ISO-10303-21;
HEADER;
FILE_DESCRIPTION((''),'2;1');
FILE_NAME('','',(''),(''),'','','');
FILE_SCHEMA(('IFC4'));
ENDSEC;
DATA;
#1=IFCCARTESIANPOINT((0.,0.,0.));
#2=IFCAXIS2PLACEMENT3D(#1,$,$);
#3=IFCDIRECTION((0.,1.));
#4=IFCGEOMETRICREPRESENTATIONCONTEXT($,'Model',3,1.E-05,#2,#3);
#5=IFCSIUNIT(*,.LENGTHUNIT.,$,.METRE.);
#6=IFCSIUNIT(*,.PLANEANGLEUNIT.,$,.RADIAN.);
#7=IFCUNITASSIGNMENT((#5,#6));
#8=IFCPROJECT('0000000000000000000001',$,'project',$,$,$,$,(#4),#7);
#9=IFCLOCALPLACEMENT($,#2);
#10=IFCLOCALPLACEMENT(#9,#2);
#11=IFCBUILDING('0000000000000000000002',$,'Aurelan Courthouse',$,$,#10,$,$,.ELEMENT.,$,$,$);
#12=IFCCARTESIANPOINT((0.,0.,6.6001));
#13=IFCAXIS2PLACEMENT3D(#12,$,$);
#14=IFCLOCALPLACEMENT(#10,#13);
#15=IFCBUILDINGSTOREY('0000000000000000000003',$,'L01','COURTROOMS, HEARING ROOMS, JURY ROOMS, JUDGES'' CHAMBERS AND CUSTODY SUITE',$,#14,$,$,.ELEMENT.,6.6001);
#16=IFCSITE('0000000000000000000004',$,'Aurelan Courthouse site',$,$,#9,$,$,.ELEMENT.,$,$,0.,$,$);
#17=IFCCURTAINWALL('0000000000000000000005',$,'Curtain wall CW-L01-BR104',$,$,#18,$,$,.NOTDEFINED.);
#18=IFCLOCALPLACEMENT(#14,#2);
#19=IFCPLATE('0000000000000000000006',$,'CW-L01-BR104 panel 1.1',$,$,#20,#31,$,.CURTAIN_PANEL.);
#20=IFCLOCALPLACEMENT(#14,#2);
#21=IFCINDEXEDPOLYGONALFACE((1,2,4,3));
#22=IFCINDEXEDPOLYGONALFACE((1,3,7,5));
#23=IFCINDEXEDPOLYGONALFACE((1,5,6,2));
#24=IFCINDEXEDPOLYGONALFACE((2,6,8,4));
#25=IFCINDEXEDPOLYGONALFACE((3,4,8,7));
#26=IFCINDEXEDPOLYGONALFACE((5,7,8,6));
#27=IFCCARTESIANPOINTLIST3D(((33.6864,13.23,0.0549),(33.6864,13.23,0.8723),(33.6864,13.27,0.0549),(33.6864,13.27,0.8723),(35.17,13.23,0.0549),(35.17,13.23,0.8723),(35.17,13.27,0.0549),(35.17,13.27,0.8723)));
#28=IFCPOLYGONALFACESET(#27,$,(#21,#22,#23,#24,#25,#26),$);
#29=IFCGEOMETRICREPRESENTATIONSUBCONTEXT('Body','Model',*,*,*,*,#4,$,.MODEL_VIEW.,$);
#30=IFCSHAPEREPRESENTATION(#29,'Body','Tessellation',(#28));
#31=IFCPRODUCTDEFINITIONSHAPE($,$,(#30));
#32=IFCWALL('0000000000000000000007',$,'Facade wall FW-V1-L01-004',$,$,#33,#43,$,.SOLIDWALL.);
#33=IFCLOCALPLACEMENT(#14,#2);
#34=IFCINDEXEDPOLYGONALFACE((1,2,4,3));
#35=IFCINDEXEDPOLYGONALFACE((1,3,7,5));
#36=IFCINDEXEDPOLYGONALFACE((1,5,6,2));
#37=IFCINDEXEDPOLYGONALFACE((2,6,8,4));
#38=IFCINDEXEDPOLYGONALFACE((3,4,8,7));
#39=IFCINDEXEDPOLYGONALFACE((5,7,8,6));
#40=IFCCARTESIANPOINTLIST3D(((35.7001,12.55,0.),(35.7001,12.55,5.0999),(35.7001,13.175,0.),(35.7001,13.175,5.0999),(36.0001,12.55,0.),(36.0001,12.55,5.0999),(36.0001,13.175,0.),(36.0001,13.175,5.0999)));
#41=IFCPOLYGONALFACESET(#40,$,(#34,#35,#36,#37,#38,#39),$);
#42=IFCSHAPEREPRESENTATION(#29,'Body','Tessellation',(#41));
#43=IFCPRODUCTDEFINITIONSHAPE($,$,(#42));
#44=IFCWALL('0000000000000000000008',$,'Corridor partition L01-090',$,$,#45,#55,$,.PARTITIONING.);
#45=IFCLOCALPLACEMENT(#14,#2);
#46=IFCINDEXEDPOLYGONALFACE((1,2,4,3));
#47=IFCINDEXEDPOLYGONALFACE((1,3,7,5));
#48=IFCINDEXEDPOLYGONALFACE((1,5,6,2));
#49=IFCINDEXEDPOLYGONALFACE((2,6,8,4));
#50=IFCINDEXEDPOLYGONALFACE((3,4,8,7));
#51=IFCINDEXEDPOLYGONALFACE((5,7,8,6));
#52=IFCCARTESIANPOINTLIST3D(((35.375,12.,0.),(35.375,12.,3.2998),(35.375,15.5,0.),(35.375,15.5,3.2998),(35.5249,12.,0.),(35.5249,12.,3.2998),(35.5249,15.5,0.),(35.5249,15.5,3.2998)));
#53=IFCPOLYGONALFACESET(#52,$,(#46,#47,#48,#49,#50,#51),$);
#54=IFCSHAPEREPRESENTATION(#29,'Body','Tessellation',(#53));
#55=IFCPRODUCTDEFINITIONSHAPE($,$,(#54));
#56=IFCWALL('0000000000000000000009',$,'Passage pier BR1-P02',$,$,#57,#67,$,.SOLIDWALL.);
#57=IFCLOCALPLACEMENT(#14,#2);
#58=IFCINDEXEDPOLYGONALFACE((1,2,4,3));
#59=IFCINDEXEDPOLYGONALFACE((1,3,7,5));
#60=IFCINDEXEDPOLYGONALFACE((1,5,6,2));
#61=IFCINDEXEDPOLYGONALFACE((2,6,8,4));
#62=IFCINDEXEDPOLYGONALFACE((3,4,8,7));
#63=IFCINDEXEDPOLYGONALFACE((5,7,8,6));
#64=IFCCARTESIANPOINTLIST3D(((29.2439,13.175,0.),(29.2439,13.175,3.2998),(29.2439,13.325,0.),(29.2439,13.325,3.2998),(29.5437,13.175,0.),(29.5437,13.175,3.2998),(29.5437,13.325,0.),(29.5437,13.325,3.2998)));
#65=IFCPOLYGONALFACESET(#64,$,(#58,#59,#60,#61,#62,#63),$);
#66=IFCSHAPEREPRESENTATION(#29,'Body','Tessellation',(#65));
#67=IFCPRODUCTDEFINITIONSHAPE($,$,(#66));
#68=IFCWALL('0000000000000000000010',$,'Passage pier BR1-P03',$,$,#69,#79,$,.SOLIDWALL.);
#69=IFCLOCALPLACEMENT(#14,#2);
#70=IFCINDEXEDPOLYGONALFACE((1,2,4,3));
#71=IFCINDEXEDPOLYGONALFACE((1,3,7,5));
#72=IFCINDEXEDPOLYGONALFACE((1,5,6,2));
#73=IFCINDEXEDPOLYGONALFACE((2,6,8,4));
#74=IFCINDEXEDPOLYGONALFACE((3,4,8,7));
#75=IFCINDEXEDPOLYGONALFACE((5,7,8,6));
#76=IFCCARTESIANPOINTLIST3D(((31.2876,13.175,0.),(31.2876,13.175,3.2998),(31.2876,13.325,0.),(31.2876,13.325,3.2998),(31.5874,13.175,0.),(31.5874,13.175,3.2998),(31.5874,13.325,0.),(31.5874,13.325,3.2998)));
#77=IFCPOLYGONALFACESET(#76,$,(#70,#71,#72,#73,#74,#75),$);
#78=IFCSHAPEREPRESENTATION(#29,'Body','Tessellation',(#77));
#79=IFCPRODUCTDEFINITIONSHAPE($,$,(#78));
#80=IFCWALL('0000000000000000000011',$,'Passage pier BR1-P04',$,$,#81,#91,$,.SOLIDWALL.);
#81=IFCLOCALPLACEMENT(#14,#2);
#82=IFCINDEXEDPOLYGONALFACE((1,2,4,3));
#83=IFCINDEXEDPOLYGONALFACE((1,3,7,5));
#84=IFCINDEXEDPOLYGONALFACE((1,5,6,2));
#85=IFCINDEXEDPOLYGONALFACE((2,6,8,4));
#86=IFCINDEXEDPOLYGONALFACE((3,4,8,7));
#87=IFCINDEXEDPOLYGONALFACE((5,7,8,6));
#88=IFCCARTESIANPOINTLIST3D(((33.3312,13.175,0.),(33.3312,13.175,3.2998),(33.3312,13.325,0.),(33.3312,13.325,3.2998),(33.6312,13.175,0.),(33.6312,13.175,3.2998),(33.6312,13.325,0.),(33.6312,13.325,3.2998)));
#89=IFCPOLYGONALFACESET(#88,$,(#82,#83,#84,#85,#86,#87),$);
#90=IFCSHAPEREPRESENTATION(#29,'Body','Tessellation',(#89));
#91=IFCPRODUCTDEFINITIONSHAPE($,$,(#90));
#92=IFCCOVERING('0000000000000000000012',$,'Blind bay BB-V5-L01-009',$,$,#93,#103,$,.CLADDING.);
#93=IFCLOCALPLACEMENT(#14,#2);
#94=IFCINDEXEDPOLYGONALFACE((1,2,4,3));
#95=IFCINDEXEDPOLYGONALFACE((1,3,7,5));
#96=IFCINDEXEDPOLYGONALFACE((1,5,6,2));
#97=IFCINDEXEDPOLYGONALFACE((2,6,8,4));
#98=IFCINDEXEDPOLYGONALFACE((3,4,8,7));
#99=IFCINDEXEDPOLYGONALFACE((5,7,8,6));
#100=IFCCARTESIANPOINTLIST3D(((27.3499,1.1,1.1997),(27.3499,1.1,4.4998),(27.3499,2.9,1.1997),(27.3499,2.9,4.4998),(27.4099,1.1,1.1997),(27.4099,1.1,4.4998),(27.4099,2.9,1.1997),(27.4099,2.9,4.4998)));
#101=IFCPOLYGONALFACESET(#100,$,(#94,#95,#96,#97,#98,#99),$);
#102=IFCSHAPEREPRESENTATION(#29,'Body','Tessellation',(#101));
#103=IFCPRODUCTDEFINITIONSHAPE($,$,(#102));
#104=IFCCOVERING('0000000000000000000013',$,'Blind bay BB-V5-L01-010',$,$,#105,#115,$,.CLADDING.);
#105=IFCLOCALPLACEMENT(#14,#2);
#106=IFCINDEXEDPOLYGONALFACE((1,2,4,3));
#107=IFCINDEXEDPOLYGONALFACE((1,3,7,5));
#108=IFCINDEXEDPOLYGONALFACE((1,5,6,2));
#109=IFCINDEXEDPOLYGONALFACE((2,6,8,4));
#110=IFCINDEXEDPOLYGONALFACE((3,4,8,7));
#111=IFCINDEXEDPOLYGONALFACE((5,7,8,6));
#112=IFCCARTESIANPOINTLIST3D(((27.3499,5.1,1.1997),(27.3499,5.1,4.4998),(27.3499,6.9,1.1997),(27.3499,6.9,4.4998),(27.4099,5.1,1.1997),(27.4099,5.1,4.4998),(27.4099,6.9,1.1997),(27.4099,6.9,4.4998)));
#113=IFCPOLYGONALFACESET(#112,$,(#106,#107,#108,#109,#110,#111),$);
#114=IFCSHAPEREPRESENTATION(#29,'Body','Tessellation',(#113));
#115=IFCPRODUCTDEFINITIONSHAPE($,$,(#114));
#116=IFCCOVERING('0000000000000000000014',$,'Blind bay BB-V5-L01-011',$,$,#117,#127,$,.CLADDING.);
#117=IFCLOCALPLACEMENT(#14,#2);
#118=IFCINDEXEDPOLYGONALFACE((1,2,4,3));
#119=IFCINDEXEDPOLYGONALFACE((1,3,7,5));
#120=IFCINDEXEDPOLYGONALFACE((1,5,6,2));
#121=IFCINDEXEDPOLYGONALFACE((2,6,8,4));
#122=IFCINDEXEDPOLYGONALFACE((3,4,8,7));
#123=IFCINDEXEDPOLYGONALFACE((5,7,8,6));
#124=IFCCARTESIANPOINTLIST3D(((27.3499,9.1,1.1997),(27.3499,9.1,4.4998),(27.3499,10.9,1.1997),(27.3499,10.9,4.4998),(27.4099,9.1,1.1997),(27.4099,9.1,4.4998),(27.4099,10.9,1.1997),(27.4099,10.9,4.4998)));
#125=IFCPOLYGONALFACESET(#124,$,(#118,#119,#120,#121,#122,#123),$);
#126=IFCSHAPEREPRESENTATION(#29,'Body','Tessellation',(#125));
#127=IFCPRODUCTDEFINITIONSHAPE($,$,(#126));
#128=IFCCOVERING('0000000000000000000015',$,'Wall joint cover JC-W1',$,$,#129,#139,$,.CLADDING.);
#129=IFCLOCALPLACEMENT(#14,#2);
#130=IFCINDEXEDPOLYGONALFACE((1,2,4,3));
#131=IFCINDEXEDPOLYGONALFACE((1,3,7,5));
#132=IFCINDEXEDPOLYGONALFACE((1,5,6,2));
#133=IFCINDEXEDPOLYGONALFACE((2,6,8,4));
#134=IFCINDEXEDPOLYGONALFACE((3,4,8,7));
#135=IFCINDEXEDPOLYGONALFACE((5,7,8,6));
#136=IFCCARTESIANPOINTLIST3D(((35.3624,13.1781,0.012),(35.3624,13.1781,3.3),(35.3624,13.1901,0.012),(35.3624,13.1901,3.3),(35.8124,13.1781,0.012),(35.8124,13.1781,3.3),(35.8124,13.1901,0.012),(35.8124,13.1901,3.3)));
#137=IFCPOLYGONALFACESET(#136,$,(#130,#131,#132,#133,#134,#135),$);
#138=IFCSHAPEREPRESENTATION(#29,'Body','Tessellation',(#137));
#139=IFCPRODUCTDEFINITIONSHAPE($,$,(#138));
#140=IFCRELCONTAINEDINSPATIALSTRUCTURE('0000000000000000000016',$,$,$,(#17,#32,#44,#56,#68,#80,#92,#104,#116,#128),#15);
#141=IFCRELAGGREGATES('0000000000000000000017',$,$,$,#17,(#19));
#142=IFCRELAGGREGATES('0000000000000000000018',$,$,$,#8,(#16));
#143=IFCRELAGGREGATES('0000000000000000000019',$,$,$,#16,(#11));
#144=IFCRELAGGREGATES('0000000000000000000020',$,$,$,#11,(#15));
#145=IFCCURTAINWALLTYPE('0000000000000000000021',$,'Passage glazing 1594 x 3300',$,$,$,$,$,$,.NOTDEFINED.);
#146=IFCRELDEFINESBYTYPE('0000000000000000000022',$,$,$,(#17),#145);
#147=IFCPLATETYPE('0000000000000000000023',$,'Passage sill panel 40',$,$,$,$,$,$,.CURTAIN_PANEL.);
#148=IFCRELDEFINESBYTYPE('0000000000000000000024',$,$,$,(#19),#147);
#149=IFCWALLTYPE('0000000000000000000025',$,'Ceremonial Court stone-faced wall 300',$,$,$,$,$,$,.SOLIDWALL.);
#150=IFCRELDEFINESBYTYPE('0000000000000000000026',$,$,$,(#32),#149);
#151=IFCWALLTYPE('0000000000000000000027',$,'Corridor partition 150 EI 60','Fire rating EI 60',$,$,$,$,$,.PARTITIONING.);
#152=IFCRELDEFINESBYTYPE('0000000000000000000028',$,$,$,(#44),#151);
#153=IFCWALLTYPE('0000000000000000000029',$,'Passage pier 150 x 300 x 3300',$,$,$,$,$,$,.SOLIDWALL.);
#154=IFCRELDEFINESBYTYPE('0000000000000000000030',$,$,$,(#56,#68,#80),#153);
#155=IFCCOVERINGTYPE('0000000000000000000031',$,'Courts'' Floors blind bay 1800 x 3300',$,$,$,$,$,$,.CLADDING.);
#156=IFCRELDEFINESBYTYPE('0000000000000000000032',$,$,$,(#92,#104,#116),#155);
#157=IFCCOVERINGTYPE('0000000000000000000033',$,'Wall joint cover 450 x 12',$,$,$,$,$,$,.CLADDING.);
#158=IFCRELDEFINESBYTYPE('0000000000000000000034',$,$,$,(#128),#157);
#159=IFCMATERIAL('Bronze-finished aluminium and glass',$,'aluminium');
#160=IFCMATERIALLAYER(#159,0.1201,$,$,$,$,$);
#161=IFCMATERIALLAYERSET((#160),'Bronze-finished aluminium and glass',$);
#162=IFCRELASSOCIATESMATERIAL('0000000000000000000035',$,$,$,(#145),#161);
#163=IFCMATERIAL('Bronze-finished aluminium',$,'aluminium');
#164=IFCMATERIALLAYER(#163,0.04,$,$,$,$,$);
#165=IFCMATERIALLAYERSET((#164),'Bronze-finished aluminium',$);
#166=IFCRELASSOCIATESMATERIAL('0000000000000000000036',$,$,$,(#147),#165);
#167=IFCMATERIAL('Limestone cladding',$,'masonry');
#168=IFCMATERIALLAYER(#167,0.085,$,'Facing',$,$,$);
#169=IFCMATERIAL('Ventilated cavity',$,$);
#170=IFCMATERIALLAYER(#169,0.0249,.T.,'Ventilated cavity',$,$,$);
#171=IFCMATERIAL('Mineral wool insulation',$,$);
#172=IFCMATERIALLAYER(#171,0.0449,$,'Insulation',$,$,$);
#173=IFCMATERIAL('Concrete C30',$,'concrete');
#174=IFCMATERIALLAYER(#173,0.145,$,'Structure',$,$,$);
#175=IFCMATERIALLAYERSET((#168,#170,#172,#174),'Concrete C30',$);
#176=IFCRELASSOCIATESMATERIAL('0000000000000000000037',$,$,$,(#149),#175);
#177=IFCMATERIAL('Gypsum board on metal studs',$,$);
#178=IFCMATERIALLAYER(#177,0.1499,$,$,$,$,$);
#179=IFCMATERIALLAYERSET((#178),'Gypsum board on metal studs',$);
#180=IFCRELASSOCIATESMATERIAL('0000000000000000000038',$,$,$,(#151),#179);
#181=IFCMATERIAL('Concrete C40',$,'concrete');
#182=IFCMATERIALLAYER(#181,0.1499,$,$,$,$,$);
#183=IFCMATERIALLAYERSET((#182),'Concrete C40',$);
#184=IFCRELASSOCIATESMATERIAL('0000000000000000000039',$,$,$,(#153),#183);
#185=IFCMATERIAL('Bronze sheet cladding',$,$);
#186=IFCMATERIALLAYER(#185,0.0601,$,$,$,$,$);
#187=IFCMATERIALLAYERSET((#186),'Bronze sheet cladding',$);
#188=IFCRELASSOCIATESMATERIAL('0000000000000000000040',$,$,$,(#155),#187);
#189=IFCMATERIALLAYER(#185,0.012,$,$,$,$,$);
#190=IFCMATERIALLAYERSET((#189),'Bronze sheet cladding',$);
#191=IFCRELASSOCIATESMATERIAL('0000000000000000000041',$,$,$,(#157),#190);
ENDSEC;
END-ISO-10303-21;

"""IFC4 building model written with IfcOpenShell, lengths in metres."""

from ifc_helpers import new_model, si_unit, direction, frame, frame_2d, origin, origin_2d, place, context, subcontext, project, spatial, rectangle, extrude, material, layer, layer_set, type_object, element, aggregate, save


model = new_model("IFC4")

# Units and contexts
model_context = context("Model", 3, precision=1e-05, world=origin(), true_north=direction((0.0, 1.0)))
body_context = subcontext(model_context, "Body", "Model", "MODEL_VIEW")
ifc_project = project(units=[si_unit("LENGTHUNIT", "METRE"), si_unit("PLANEANGLEUNIT", "RADIAN")], contexts=[model_context])

# Site, building, storey
site_placement = place(None, origin())
site = spatial("IfcSite", under=ifc_project, at=site_placement, Name="Aurelan Courthouse site", CompositionType="ELEMENT", RefElevation=0.0)
building_placement = place(site_placement, origin())
building = spatial("IfcBuilding", under=site, at=building_placement, Name="Aurelan Courthouse", CompositionType="ELEMENT")
storey_placement = place(building_placement, frame((0.0, 0.0, 6.6001)))
storey = spatial("IfcBuildingStorey", under=building, at=storey_placement, Name="L01", Description="COURTROOMS, HEARING ROOMS, JURY ROOMS, JUDGES' CHAMBERS AND CUSTODY SUITE", CompositionType="ELEMENT", Elevation=6.6001)

# Shared definitions
ifc_material_1 = material(Name="Bronze-finished aluminium and glass", Category="aluminium")
ifc_layer_1 = layer(ifc_material_1, 0.1201)
ifc_layer_set_1 = layer_set([ifc_layer_1], Name="Bronze-finished aluminium and glass")
curtain_wall_type_1 = type_object("IfcCurtainWallType", Name="Passage glazing 1594 x 3300", PredefinedType="NOTDEFINED", material=ifc_layer_set_1)
ifc_material_2 = material(Name="Bronze-finished aluminium", Category="aluminium")

# Curtain wall
curtain_wall_1_placement = place(storey_placement, origin())
curtain_wall_1 = element("IfcCurtainWall", 1, at=curtain_wall_1_placement, inside=storey, type_object=curtain_wall_type_1, Name="Curtain wall CW-L01-BR104", PredefinedType="NOTDEFINED")

# Plate
ifc_layer_2 = layer(ifc_material_2, 0.04)
ifc_layer_set_2 = layer_set([ifc_layer_2], Name="Bronze-finished aluminium")
plate_type_1 = type_object("IfcPlateType", Name="Passage sill panel 40", PredefinedType="CURTAIN_PANEL", material=ifc_layer_set_2)
plate_1_placement = place(storey_placement, frame((34.4282, 13.25, 0.0549), z_axis=(0.0, 0.0, 1.0), x_axis=(1.0, 0.0, 0.0)))
plate_1 = element("IfcPlate", 2, at=plate_1_placement, type_object=plate_type_1, Name="CW-L01-BR104 panel 1.1", PredefinedType="CURTAIN_PANEL", context=body_context, shape_type="SweptSolid", body=[
    extrude(rectangle(XDim=1.4836, YDim=0.04, at=origin_2d()), origin(), (0.0, 0.0, 1.0), 0.8174),
])
aggregate(curtain_wall_1, [plate_1])

# Walls
ifc_material_3 = material(Name="Limestone cladding", Category="masonry")
ifc_layer_3 = layer(ifc_material_3, 0.085, Name="Facing")
ifc_material_4 = material(Name="Ventilated cavity")
ifc_layer_4 = layer(ifc_material_4, 0.0249, ventilated=True, Name="Ventilated cavity")
ifc_material_5 = material(Name="Mineral wool insulation")
ifc_layer_5 = layer(ifc_material_5, 0.0449, Name="Insulation")
ifc_material_6 = material(Name="Concrete C30", Category="concrete")
ifc_layer_6 = layer(ifc_material_6, 0.145, Name="Structure")
ifc_layer_set_3 = layer_set([ifc_layer_3, ifc_layer_4, ifc_layer_5, ifc_layer_6], Name="Concrete C30")
wall_type_1 = type_object("IfcWallType", Name="Ceremonial Court stone-faced wall 300", PredefinedType="SOLIDWALL", material=ifc_layer_set_3)
wall_1_placement = place(storey_placement, frame((35.8501, 12.55, 0.0), z_axis=(0.0, 0.0, 1.0), x_axis=(0.0, 1.0, 0.0)))
element("IfcWall", 3, at=wall_1_placement, inside=storey, type_object=wall_type_1, Name="Facade wall FW-V1-L01-004", PredefinedType="SOLIDWALL", context=body_context, shape_type="SweptSolid", body=[
    extrude(rectangle(XDim=0.625, YDim=0.3, at=frame_2d((0.3125, 0.0))), origin(), (0.0, 0.0, 1.0), 5.0999),
])
ifc_material_7 = material(Name="Gypsum board on metal studs")
ifc_layer_7 = layer(ifc_material_7, 0.1499)
ifc_layer_set_4 = layer_set([ifc_layer_7], Name="Gypsum board on metal studs")
wall_type_2 = type_object("IfcWallType", Name="Corridor partition 150 EI 60", Description="Fire rating EI 60", PredefinedType="PARTITIONING", material=ifc_layer_set_4)
wall_2_placement = place(storey_placement, frame((35.45, 12.0, 0.0), z_axis=(0.0, 0.0, 1.0), x_axis=(0.0, 1.0, 0.0)))
element("IfcWall", 4, at=wall_2_placement, inside=storey, type_object=wall_type_2, Name="Corridor partition L01-090", PredefinedType="PARTITIONING", context=body_context, shape_type="SweptSolid", body=[
    extrude(rectangle(XDim=3.5, YDim=0.1499, at=frame_2d((1.75, 0.0))), origin(), (0.0, 0.0, 1.0), 3.2998),
])
ifc_material_8 = material(Name="Concrete C40", Category="concrete")
ifc_layer_8 = layer(ifc_material_8, 0.1499)
ifc_layer_set_5 = layer_set([ifc_layer_8], Name="Concrete C40")
wall_type_3 = type_object("IfcWallType", Name="Passage pier 150 x 300 x 3300", PredefinedType="SOLIDWALL", material=ifc_layer_set_5)
for number, where, z_axis, x_axis, name in (
    (5, (29.2439, 13.25, 0.0), (0.0, 0.0, 1.0), (1.0, 0.0, 0.0), "Passage pier BR1-P02"),
    (6, (31.2876, 13.25, 0.0), (0.0, 0.0, 1.0), (1.0, 0.0, 0.0), "Passage pier BR1-P03"),
):
    element("IfcWall", number, at=place(storey_placement, frame(where, z_axis=z_axis, x_axis=x_axis)), inside=storey, type_object=wall_type_3, Name=name, PredefinedType="SOLIDWALL", context=body_context, shape_type="SweptSolid", body=[
        extrude(rectangle(XDim=0.2998, YDim=0.1499, at=frame_2d((0.1499, 0.0))), origin(), (0.0, 0.0, 1.0), 3.2998),
    ])
wall_3_placement = place(storey_placement, frame((33.3313, 13.25, 0.0), z_axis=(0.0, 0.0, 1.0), x_axis=(1.0, 0.0, 0.0)))
element("IfcWall", 7, at=wall_3_placement, inside=storey, type_object=wall_type_3, Name="Passage pier BR1-P04", PredefinedType="SOLIDWALL", context=body_context, shape_type="SweptSolid", body=[
    extrude(rectangle(XDim=0.3, YDim=0.1499, at=frame_2d((0.1499, 0.0))), origin(), (0.0, 0.0, 1.0), 3.2998),
])

# Coverings
ifc_material_9 = material(Name="Bronze sheet cladding")
ifc_layer_9 = layer(ifc_material_9, 0.0601)
ifc_layer_set_6 = layer_set([ifc_layer_9], Name="Bronze sheet cladding")
covering_type_1 = type_object("IfcCoveringType", Name="Courts' Floors blind bay 1800 x 3300", PredefinedType="CLADDING", material=ifc_layer_set_6)
for number, where, z_axis, x_axis, name in (
    (8, (27.3799, 2.0, 1.1997), (0.0, 0.0, 1.0), (1.0, 0.0, 0.0), "Blind bay BB-V5-L01-009"),
    (9, (27.3799, 6.0, 1.1997), (0.0, 0.0, 1.0), (1.0, 0.0, 0.0), "Blind bay BB-V5-L01-010"),
    (10, (27.3799, 10.0, 1.1997), (0.0, 0.0, 1.0), (1.0, 0.0, 0.0), "Blind bay BB-V5-L01-011"),
):
    element("IfcCovering", number, at=place(storey_placement, frame(where, z_axis=z_axis, x_axis=x_axis)), inside=storey, type_object=covering_type_1, Name=name, PredefinedType="CLADDING", context=body_context, shape_type="SweptSolid", body=[
        extrude(rectangle(XDim=0.0601, YDim=1.8, at=origin_2d()), origin(), (0.0, 0.0, 1.0), 3.3),
    ])
ifc_layer_10 = layer(ifc_material_9, 0.012)
ifc_layer_set_7 = layer_set([ifc_layer_10], Name="Bronze sheet cladding")
covering_type_2 = type_object("IfcCoveringType", Name="Wall joint cover 450 x 12", PredefinedType="CLADDING", material=ifc_layer_set_7)
covering_placement = place(storey_placement, frame((35.5874, 13.1841, 0.012), z_axis=(0.0, 0.0, 1.0), x_axis=(1.0, 0.0, 0.0)))
element("IfcCovering", 11, at=covering_placement, inside=storey, type_object=covering_type_2, Name="Wall joint cover JC-W1", PredefinedType="CLADDING", context=body_context, shape_type="SweptSolid", body=[
    extrude(rectangle(XDim=0.45, YDim=0.012, at=origin_2d()), origin(), (0.0, 0.0, 1.0), 3.2881),
])

save(model, "model.ifc")
